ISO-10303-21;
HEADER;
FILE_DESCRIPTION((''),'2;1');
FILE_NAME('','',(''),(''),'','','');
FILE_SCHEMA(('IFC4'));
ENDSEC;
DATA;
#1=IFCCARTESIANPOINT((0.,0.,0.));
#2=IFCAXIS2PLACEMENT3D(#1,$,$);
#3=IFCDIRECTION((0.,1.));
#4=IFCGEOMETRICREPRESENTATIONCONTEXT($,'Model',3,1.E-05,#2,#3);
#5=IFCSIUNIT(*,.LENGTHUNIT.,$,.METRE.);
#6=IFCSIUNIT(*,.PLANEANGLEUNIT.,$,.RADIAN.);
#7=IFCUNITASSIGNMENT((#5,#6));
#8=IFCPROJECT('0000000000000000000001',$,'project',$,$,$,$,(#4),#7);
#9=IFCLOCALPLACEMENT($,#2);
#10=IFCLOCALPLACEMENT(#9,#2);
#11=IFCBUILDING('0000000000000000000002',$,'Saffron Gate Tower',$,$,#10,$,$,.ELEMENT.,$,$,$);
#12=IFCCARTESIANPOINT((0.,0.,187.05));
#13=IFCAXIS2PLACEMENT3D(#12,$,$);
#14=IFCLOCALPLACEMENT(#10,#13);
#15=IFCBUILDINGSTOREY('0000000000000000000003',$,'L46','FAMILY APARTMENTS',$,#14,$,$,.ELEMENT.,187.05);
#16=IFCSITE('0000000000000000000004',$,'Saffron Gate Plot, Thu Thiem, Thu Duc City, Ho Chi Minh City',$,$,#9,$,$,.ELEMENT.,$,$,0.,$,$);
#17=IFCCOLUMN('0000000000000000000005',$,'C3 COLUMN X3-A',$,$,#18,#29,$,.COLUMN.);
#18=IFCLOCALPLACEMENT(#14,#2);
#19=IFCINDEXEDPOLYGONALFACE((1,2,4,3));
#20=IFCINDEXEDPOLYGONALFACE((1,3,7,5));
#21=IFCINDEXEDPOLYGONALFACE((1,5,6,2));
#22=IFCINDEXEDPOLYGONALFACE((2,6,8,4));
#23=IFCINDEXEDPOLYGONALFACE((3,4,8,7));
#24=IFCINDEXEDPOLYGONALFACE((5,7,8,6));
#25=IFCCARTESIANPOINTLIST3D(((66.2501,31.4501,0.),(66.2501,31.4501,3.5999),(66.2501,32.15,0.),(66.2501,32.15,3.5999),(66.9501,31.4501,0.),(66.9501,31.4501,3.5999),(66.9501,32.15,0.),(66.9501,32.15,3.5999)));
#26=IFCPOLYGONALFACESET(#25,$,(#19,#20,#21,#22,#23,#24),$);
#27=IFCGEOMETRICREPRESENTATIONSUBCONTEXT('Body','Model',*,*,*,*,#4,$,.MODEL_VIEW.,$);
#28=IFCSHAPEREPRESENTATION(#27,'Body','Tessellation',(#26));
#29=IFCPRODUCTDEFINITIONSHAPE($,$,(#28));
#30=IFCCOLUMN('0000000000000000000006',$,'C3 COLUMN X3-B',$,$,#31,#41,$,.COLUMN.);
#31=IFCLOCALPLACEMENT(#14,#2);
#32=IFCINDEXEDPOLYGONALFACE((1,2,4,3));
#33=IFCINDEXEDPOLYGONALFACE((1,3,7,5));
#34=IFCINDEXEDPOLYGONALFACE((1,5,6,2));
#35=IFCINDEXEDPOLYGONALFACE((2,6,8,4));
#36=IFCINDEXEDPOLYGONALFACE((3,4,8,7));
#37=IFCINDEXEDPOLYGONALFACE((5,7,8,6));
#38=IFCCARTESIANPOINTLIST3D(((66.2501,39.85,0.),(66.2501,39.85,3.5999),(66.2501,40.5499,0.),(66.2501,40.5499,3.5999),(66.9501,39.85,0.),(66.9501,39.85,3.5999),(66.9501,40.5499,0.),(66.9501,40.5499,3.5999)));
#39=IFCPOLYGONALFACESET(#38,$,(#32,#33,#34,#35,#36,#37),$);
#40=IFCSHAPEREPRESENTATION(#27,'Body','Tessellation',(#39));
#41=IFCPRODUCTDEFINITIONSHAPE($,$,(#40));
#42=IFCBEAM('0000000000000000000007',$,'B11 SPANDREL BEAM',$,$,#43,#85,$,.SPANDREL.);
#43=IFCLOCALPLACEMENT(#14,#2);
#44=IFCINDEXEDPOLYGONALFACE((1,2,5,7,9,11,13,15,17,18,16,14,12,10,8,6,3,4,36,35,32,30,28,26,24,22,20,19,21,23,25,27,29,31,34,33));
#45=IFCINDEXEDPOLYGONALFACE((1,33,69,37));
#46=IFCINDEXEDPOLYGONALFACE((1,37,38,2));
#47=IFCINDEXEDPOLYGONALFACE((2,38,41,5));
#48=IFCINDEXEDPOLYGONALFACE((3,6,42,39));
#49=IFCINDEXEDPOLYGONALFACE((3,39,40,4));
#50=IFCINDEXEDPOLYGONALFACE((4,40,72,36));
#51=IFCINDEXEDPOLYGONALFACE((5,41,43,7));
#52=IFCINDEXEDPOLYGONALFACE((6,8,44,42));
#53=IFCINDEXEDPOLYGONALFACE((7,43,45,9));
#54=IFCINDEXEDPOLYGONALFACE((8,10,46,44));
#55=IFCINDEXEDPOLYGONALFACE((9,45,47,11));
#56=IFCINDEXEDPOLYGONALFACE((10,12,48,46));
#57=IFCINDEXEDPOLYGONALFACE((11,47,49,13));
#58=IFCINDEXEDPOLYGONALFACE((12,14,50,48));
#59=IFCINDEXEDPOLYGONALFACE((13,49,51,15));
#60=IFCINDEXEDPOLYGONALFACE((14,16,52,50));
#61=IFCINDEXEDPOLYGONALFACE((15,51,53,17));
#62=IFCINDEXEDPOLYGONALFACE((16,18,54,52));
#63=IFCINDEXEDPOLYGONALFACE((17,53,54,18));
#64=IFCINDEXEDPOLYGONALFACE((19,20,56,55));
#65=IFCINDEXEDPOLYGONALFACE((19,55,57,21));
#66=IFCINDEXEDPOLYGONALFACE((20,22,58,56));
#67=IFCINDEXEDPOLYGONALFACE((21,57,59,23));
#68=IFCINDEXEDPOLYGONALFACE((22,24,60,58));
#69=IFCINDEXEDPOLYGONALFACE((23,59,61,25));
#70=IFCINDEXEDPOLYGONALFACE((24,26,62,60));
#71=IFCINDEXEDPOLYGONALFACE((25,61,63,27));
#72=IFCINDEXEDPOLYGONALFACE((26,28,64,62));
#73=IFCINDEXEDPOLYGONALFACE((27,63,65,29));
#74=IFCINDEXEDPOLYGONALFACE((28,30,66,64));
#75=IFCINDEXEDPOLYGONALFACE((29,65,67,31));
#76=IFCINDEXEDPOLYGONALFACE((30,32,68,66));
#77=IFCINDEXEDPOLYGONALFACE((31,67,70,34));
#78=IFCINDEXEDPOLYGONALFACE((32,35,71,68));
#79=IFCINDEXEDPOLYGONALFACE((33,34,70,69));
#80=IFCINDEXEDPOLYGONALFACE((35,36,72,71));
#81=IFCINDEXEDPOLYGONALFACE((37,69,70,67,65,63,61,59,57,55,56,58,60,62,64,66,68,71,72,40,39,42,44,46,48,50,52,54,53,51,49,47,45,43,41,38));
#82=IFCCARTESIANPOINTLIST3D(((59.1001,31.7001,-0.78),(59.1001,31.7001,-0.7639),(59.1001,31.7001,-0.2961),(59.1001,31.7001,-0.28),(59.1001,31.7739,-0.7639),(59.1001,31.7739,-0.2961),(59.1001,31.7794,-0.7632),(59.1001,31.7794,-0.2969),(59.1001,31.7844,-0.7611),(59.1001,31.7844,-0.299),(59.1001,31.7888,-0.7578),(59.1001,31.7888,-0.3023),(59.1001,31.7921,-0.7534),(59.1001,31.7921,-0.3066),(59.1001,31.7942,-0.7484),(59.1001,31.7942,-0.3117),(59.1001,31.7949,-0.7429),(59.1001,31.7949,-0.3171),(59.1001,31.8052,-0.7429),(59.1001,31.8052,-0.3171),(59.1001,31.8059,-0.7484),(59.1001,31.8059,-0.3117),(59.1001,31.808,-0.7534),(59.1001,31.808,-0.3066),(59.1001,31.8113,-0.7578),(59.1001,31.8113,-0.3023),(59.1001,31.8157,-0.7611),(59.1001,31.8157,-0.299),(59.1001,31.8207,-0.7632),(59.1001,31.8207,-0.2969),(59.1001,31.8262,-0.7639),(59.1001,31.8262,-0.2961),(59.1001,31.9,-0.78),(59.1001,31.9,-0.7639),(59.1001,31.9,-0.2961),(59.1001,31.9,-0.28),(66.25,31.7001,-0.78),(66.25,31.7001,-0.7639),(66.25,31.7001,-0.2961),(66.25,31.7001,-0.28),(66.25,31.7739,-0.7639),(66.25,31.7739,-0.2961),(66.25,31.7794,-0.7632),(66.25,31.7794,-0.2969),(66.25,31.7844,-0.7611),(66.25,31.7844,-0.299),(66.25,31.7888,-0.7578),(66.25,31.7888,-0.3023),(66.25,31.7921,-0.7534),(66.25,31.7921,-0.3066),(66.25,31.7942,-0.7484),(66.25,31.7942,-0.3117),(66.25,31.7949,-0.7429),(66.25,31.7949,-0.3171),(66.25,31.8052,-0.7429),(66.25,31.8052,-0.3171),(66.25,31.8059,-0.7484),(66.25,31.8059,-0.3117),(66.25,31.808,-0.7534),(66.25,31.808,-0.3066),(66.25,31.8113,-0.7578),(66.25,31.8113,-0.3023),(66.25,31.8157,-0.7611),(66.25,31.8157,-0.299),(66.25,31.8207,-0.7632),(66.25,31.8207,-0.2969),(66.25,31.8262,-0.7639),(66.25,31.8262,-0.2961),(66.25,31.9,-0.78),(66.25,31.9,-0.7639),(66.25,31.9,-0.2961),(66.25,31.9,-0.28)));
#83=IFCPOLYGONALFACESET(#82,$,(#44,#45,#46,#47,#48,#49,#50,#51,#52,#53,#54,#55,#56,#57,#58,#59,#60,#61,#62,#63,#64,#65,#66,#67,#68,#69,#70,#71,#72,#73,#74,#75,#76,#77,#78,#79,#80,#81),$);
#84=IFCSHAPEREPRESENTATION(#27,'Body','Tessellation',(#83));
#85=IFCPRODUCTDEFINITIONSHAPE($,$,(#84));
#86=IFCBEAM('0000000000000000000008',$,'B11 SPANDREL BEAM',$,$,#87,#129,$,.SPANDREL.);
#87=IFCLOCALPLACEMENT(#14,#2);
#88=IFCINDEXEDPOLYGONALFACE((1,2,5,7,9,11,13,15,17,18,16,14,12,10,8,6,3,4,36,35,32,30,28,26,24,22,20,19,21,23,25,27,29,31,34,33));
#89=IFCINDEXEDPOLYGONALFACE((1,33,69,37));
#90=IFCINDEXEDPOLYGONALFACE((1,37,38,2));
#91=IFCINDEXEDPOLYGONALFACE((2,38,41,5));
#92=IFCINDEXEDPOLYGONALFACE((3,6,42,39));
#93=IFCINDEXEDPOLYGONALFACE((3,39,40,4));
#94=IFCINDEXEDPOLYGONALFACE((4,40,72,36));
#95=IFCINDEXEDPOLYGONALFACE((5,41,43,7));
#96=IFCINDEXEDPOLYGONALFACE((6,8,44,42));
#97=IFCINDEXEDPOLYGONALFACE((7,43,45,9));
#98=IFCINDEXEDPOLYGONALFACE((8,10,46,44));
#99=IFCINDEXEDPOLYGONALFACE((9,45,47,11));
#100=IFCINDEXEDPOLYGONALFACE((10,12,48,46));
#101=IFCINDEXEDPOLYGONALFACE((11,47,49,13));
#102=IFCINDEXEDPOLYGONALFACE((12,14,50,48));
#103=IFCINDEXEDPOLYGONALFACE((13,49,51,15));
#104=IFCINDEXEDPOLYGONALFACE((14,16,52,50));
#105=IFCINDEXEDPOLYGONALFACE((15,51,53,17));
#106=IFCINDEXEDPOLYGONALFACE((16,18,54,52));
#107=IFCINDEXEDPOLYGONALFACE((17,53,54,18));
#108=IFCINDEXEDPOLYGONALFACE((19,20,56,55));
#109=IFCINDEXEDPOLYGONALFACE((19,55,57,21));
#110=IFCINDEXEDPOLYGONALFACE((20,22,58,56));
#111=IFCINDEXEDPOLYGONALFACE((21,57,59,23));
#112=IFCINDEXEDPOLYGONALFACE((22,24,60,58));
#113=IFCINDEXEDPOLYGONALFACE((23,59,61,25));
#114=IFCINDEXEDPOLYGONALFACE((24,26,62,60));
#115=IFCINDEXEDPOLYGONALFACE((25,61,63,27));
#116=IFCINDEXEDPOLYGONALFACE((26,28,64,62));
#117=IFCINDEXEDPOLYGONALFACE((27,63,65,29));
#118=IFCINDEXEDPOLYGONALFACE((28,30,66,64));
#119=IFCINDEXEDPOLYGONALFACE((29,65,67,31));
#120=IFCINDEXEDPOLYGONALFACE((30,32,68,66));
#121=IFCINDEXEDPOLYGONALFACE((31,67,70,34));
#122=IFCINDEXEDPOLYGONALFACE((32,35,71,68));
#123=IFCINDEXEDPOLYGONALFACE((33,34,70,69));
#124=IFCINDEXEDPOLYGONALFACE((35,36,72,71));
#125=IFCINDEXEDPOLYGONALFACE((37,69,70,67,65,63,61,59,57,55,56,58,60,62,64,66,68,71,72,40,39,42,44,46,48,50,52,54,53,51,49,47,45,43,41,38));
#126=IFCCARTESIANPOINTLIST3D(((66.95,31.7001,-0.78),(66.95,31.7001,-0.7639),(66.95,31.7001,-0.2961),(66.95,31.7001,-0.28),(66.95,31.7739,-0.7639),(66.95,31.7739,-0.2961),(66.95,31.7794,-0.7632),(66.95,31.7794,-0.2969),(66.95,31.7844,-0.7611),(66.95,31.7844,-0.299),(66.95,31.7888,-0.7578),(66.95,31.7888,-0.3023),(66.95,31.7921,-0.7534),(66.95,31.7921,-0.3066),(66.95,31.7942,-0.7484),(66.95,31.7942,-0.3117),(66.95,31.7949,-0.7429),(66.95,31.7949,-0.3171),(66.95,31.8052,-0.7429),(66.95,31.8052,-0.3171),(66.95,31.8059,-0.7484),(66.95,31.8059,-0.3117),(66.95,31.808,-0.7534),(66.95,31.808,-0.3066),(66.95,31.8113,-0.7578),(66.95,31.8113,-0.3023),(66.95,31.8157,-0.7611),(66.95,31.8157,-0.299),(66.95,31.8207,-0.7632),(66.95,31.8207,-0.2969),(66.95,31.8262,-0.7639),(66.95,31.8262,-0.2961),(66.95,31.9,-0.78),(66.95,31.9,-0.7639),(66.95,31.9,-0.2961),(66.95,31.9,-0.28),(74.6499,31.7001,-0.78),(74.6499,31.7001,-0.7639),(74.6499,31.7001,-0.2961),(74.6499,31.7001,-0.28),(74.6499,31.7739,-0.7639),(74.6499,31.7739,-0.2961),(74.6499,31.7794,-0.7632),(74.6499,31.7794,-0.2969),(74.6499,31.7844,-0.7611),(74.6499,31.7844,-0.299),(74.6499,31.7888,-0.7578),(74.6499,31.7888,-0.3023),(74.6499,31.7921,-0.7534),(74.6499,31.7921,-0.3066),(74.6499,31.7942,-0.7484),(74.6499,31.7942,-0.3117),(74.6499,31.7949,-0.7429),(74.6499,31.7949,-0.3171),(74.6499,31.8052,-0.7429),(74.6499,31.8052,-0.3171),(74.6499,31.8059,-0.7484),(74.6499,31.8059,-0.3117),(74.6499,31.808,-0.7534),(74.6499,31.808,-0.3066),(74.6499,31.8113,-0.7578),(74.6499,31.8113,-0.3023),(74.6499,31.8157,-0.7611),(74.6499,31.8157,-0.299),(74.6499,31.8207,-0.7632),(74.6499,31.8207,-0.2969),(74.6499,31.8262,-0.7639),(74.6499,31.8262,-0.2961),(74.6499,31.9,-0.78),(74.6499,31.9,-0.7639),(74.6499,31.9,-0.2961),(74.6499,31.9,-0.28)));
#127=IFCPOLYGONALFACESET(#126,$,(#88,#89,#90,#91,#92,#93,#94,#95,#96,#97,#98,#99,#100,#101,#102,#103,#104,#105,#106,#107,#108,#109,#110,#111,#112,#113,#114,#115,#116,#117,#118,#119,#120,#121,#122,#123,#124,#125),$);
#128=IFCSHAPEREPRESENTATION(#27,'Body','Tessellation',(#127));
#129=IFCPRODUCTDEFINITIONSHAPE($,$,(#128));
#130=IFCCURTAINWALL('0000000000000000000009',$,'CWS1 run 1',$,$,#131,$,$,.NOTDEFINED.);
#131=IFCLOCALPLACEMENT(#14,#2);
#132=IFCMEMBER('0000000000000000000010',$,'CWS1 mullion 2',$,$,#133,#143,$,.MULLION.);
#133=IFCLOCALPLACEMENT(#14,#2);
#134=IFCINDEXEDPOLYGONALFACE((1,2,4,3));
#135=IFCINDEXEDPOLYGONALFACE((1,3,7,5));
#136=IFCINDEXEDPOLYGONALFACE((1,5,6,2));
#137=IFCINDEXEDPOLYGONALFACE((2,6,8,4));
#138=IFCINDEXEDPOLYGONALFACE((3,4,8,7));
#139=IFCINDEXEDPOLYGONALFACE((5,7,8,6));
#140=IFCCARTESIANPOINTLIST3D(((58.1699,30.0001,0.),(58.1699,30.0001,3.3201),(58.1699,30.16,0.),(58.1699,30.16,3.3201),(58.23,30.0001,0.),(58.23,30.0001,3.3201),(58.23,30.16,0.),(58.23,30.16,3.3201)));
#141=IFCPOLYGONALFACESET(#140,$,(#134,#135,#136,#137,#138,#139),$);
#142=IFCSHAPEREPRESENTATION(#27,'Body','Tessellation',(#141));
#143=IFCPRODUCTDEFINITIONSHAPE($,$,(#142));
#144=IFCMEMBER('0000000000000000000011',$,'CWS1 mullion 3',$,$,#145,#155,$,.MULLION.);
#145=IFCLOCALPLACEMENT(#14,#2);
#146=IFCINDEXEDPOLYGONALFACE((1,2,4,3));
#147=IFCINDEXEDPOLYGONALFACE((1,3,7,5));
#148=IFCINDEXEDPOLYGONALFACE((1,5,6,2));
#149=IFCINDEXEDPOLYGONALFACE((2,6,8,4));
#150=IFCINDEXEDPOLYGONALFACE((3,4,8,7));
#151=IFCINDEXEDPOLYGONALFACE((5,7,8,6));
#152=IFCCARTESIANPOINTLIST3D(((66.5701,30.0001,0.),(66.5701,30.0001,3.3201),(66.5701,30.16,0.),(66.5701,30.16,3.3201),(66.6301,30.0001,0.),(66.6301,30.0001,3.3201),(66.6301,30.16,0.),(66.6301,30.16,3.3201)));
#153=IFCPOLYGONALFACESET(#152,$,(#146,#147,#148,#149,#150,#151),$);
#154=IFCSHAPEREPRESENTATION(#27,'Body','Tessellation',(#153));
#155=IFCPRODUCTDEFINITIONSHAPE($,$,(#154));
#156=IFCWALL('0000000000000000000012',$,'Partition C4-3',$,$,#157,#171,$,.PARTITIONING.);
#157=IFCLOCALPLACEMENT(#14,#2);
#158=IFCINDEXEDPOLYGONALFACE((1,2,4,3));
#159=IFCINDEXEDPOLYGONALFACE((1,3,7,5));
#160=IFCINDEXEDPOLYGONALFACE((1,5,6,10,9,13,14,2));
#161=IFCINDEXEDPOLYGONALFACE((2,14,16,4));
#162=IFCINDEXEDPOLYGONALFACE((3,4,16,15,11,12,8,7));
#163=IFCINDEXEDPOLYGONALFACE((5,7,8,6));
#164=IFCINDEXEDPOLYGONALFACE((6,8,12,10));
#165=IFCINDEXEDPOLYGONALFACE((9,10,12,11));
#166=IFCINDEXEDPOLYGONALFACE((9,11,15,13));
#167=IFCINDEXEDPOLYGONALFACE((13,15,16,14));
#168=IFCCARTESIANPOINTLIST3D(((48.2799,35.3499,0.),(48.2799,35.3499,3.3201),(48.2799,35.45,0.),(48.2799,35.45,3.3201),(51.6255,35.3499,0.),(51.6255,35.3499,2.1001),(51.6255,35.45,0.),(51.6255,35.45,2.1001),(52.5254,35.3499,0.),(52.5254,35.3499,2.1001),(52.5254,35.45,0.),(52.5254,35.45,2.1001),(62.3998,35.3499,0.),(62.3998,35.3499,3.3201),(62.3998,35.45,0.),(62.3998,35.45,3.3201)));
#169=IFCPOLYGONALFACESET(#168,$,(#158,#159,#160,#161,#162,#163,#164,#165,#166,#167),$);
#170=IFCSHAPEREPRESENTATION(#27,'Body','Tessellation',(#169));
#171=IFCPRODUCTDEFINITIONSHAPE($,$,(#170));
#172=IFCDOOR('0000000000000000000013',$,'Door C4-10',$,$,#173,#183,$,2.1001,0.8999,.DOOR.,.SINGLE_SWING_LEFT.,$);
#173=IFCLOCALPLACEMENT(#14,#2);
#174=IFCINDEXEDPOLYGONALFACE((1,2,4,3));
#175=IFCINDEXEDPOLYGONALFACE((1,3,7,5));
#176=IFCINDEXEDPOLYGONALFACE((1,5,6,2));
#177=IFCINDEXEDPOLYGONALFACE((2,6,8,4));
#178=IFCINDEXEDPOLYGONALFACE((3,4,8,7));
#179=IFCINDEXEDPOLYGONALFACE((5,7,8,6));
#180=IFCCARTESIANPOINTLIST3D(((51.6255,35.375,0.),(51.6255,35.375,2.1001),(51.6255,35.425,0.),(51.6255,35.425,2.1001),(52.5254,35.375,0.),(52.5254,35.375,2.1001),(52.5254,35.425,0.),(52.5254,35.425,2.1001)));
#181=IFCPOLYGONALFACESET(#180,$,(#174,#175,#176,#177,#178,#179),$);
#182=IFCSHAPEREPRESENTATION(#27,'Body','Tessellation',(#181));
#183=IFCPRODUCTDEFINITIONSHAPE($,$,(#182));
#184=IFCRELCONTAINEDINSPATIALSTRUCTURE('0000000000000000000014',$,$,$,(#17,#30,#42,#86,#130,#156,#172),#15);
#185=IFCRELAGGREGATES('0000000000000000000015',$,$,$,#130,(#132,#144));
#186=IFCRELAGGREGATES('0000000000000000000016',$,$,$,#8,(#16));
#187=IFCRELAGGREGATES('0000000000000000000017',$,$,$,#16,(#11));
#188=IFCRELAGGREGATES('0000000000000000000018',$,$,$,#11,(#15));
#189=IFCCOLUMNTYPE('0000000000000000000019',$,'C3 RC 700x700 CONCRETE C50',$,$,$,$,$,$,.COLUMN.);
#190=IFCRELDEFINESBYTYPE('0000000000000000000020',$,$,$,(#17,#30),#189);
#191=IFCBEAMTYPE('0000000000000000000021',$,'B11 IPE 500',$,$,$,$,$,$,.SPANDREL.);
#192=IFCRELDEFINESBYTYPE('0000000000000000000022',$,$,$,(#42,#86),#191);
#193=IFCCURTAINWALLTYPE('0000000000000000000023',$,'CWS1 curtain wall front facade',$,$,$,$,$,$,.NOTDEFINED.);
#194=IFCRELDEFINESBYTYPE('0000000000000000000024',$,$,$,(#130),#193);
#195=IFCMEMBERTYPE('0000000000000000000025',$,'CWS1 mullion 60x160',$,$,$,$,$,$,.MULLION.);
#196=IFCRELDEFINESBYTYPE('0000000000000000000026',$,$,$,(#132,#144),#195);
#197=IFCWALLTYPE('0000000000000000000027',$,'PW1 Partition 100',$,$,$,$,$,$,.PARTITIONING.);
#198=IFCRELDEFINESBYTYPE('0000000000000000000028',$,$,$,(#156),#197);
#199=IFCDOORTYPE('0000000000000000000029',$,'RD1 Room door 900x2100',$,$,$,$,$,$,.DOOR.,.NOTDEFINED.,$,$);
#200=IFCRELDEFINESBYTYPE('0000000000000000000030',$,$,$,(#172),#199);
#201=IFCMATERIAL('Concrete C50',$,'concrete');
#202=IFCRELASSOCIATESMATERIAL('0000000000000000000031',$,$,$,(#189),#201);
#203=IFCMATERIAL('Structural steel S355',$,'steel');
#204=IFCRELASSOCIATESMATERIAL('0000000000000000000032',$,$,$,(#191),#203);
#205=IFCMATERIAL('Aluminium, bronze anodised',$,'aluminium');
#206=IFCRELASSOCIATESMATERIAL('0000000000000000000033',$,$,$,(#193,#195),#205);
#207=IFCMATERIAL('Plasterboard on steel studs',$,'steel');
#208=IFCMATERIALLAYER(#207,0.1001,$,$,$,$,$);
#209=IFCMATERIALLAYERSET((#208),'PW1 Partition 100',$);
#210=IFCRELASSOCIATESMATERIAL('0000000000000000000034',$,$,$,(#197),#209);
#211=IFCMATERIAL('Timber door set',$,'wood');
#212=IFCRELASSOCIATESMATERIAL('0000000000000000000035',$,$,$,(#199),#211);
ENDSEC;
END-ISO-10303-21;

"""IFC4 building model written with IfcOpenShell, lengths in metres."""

from ifc_helpers import new_model, si_unit, direction, frame, frame_2d, origin, origin_2d, place, context, subcontext, project, spatial, rectangle, i_section, extrude, material, layer, layer_set, material_profile, profile_set, type_object, element, fill, aggregate, save


model = new_model("IFC4")

# Units and contexts
model_context = context("Model", 3, precision=1e-05, world=origin(), true_north=direction((0.0, 1.0)))
body_context = subcontext(model_context, "Body", "Model", "MODEL_VIEW")
ifc_project = project(units=[si_unit("LENGTHUNIT", "METRE"), si_unit("PLANEANGLEUNIT", "RADIAN")], contexts=[model_context])

# Site, building, storey
site_placement = place(None, origin())
site = spatial("IfcSite", under=ifc_project, at=site_placement, Name="Saffron Gate Plot, Thu Thiem, Thu Duc City, Ho Chi Minh City", CompositionType="ELEMENT", RefElevation=0.0)
building_placement = place(site_placement, origin())
building = spatial("IfcBuilding", under=site, at=building_placement, Name="Saffron Gate Tower", CompositionType="ELEMENT")
storey_placement = place(building_placement, frame((0.0, 0.0, 187.05)))
storey = spatial("IfcBuildingStorey", under=building, at=storey_placement, Name="L46", Description="FAMILY APARTMENTS", CompositionType="ELEMENT", Elevation=187.05)

# Columns
ifc_material_1 = material(Name="Concrete C50", Category="concrete")
ifc_material_profile_1 = material_profile(ifc_material_1, rectangle(XDim=0.7, YDim=0.7, at=origin_2d()))
ifc_profile_set_1 = profile_set([ifc_material_profile_1], Name="Concrete C50")
column_type = type_object("IfcColumnType", Name="C3 RC 700x700 CONCRETE C50", PredefinedType="COLUMN", material=ifc_profile_set_1)
for number, where, z_axis, x_axis, name in (
    (1, (66.6001, 31.8, 0.0), (0.0, 0.0, 1.0), (1.0, 0.0, 0.0), "C3 COLUMN X3-A"),
    (2, (66.6001, 40.2, 0.0), (0.0, 0.0, 1.0), (1.0, 0.0, 0.0), "C3 COLUMN X3-B"),
):
    element("IfcColumn", number, at=place(storey_placement, frame(where, z_axis=z_axis, x_axis=x_axis)), inside=storey, type_object=column_type, Name=name, PredefinedType="COLUMN", context=body_context, shape_type="SweptSolid", body=[
        extrude(rectangle(XDim=0.7, YDim=0.7, at=origin_2d()), origin(), (0.0, 0.0, 1.0), 3.5999),
    ])

# Beams
ifc_material_2 = material(Name="Structural steel S355", Category="steel")
ifc_material_profile_2 = material_profile(ifc_material_2, i_section(OverallWidth=0.2, OverallDepth=0.5, WebThickness=0.0103, FlangeThickness=0.0161, FilletRadius=0.021, at=origin_2d()))
ifc_profile_set_2 = profile_set([ifc_material_profile_2], Name="Structural steel S355")
beam_type = type_object("IfcBeamType", Name="B11 IPE 500", PredefinedType="SPANDREL", material=ifc_profile_set_2)
beam_1_placement = place(storey_placement, frame((59.1001, 31.8, -0.53), z_axis=(1.0, 0.0, 0.0), x_axis=(0.0, 1.0, 0.0)))
element("IfcBeam", 3, at=beam_1_placement, inside=storey, type_object=beam_type, Name="B11 SPANDREL BEAM", PredefinedType="SPANDREL", context=body_context, shape_type="SweptSolid", body=[
    extrude(i_section(OverallWidth=0.2, OverallDepth=0.5, WebThickness=0.0103, FlangeThickness=0.0161, FilletRadius=0.021, at=origin_2d()), origin(), (0.0, 0.0, 1.0), 7.1499),
])
beam_2_placement = place(storey_placement, frame((66.95, 31.8, -0.53), z_axis=(1.0, 0.0, 0.0), x_axis=(0.0, 1.0, 0.0)))
element("IfcBeam", 4, at=beam_2_placement, inside=storey, type_object=beam_type, Name="B11 SPANDREL BEAM", PredefinedType="SPANDREL", context=body_context, shape_type="SweptSolid", body=[
    extrude(i_section(OverallWidth=0.2, OverallDepth=0.5, WebThickness=0.0103, FlangeThickness=0.0161, FilletRadius=0.021, at=origin_2d()), origin(), (0.0, 0.0, 1.0), 7.7),
])

# Curtain wall, members
ifc_material_3 = material(Name="Aluminium, bronze anodised", Category="aluminium")
curtain_wall_type = type_object("IfcCurtainWallType", Name="CWS1 curtain wall front facade", PredefinedType="NOTDEFINED", material=ifc_material_3)
curtain_wall_placement = place(storey_placement, origin())
curtain_wall = element("IfcCurtainWall", 5, at=curtain_wall_placement, inside=storey, type_object=curtain_wall_type, Name="CWS1 run 1", PredefinedType="NOTDEFINED")
ifc_material_profile_3 = material_profile(ifc_material_3, rectangle(XDim=0.1599, YDim=0.0601, at=origin_2d()))
ifc_profile_set_3 = profile_set([ifc_material_profile_3], Name="Aluminium, bronze anodised")
member_type = type_object("IfcMemberType", Name="CWS1 mullion 60x160", PredefinedType="MULLION", material=ifc_profile_set_3)
member_1_placement = place(storey_placement, frame((58.2, 30.0801, 0.0), z_axis=(0.0, 0.0, 1.0), x_axis=(0.0, 1.0, 0.0)))
member_1 = element("IfcMember", 6, at=member_1_placement, type_object=member_type, Name="CWS1 mullion 2", PredefinedType="MULLION", context=body_context, shape_type="SweptSolid", body=[
    extrude(rectangle(XDim=0.1599, YDim=0.0601, at=origin_2d()), origin(), (0.0, 0.0, 1.0), 3.3201),
])
member_2_placement = place(storey_placement, frame((66.6001, 30.0801, 0.0), z_axis=(0.0, 0.0, 1.0), x_axis=(0.0, 1.0, 0.0)))
member_2 = element("IfcMember", 7, at=member_2_placement, type_object=member_type, Name="CWS1 mullion 3", PredefinedType="MULLION", context=body_context, shape_type="SweptSolid", body=[
    extrude(rectangle(XDim=0.1599, YDim=0.0601, at=origin_2d()), origin(), (0.0, 0.0, 1.0), 3.3201),
])
aggregate(curtain_wall, [member_1, member_2])

# Wall, opening, door
ifc_material_4 = material(Name="Plasterboard on steel studs", Category="steel")
ifc_layer = layer(ifc_material_4, 0.1001)
ifc_layer_set = layer_set([ifc_layer], Name="PW1 Partition 100")
wall_type = type_object("IfcWallType", Name="PW1 Partition 100", PredefinedType="PARTITIONING", material=ifc_layer_set)
wall_1_placement = place(storey_placement, frame((62.3999, 35.3999, 0.0), z_axis=(0.0, 0.0, 1.0), x_axis=(-1.0, 0.0, 0.0)))
wall_1 = element("IfcWall", 8, at=wall_1_placement, inside=storey, type_object=wall_type, Name="Partition C4-3", PredefinedType="PARTITIONING", context=body_context, shape_type="SweptSolid", body=[
    extrude(rectangle(XDim=14.1199, YDim=0.1001, at=frame_2d((7.0601, 0.0))), origin(), (0.0, 0.0, 1.0), 3.3201),
])
opening_1_placement = place(wall_1_placement, frame((9.8745, 0.0, 0.0)))
opening_1 = element("IfcOpeningElement", 9, at=opening_1_placement, cuts=wall_1, PredefinedType="OPENING", context=body_context, shape_type="SweptSolid", body=[
    extrude(rectangle(XDim=0.8999, YDim=2.1001, at=frame_2d((0.45, 1.05))), frame((0.0, 0.0601, 0.0), z_axis=(0.0, -1.0, 0.0), x_axis=(1.0, 0.0, 0.0)), (0.0, 0.0, 1.0), 0.1201),
])
ifc_material_5 = material(Name="Timber door set", Category="wood")
door_type_1 = type_object("IfcDoorType", Name="RD1 Room door 900x2100", OperationType="NOTDEFINED", PredefinedType="DOOR", material=ifc_material_5)
door_1_placement = place(opening_1_placement, origin())
door_1 = element("IfcDoor", 10, at=door_1_placement, inside=storey, type_object=door_type_1, Name="Door C4-10", OperationType="SINGLE_SWING_LEFT", OverallHeight=2.1001, OverallWidth=0.8999, PredefinedType="DOOR", context=body_context, shape_type="SweptSolid", body=[
    extrude(rectangle(XDim=0.8999, YDim=2.1001, at=frame_2d((0.45, 1.05))), frame((0.0, 0.0249, 0.0), z_axis=(0.0, -1.0, 0.0), x_axis=(1.0, 0.0, 0.0)), (0.0, 0.0, 1.0), 0.05),
])
fill(opening_1, door_1)

save(model, "model.ifc")
